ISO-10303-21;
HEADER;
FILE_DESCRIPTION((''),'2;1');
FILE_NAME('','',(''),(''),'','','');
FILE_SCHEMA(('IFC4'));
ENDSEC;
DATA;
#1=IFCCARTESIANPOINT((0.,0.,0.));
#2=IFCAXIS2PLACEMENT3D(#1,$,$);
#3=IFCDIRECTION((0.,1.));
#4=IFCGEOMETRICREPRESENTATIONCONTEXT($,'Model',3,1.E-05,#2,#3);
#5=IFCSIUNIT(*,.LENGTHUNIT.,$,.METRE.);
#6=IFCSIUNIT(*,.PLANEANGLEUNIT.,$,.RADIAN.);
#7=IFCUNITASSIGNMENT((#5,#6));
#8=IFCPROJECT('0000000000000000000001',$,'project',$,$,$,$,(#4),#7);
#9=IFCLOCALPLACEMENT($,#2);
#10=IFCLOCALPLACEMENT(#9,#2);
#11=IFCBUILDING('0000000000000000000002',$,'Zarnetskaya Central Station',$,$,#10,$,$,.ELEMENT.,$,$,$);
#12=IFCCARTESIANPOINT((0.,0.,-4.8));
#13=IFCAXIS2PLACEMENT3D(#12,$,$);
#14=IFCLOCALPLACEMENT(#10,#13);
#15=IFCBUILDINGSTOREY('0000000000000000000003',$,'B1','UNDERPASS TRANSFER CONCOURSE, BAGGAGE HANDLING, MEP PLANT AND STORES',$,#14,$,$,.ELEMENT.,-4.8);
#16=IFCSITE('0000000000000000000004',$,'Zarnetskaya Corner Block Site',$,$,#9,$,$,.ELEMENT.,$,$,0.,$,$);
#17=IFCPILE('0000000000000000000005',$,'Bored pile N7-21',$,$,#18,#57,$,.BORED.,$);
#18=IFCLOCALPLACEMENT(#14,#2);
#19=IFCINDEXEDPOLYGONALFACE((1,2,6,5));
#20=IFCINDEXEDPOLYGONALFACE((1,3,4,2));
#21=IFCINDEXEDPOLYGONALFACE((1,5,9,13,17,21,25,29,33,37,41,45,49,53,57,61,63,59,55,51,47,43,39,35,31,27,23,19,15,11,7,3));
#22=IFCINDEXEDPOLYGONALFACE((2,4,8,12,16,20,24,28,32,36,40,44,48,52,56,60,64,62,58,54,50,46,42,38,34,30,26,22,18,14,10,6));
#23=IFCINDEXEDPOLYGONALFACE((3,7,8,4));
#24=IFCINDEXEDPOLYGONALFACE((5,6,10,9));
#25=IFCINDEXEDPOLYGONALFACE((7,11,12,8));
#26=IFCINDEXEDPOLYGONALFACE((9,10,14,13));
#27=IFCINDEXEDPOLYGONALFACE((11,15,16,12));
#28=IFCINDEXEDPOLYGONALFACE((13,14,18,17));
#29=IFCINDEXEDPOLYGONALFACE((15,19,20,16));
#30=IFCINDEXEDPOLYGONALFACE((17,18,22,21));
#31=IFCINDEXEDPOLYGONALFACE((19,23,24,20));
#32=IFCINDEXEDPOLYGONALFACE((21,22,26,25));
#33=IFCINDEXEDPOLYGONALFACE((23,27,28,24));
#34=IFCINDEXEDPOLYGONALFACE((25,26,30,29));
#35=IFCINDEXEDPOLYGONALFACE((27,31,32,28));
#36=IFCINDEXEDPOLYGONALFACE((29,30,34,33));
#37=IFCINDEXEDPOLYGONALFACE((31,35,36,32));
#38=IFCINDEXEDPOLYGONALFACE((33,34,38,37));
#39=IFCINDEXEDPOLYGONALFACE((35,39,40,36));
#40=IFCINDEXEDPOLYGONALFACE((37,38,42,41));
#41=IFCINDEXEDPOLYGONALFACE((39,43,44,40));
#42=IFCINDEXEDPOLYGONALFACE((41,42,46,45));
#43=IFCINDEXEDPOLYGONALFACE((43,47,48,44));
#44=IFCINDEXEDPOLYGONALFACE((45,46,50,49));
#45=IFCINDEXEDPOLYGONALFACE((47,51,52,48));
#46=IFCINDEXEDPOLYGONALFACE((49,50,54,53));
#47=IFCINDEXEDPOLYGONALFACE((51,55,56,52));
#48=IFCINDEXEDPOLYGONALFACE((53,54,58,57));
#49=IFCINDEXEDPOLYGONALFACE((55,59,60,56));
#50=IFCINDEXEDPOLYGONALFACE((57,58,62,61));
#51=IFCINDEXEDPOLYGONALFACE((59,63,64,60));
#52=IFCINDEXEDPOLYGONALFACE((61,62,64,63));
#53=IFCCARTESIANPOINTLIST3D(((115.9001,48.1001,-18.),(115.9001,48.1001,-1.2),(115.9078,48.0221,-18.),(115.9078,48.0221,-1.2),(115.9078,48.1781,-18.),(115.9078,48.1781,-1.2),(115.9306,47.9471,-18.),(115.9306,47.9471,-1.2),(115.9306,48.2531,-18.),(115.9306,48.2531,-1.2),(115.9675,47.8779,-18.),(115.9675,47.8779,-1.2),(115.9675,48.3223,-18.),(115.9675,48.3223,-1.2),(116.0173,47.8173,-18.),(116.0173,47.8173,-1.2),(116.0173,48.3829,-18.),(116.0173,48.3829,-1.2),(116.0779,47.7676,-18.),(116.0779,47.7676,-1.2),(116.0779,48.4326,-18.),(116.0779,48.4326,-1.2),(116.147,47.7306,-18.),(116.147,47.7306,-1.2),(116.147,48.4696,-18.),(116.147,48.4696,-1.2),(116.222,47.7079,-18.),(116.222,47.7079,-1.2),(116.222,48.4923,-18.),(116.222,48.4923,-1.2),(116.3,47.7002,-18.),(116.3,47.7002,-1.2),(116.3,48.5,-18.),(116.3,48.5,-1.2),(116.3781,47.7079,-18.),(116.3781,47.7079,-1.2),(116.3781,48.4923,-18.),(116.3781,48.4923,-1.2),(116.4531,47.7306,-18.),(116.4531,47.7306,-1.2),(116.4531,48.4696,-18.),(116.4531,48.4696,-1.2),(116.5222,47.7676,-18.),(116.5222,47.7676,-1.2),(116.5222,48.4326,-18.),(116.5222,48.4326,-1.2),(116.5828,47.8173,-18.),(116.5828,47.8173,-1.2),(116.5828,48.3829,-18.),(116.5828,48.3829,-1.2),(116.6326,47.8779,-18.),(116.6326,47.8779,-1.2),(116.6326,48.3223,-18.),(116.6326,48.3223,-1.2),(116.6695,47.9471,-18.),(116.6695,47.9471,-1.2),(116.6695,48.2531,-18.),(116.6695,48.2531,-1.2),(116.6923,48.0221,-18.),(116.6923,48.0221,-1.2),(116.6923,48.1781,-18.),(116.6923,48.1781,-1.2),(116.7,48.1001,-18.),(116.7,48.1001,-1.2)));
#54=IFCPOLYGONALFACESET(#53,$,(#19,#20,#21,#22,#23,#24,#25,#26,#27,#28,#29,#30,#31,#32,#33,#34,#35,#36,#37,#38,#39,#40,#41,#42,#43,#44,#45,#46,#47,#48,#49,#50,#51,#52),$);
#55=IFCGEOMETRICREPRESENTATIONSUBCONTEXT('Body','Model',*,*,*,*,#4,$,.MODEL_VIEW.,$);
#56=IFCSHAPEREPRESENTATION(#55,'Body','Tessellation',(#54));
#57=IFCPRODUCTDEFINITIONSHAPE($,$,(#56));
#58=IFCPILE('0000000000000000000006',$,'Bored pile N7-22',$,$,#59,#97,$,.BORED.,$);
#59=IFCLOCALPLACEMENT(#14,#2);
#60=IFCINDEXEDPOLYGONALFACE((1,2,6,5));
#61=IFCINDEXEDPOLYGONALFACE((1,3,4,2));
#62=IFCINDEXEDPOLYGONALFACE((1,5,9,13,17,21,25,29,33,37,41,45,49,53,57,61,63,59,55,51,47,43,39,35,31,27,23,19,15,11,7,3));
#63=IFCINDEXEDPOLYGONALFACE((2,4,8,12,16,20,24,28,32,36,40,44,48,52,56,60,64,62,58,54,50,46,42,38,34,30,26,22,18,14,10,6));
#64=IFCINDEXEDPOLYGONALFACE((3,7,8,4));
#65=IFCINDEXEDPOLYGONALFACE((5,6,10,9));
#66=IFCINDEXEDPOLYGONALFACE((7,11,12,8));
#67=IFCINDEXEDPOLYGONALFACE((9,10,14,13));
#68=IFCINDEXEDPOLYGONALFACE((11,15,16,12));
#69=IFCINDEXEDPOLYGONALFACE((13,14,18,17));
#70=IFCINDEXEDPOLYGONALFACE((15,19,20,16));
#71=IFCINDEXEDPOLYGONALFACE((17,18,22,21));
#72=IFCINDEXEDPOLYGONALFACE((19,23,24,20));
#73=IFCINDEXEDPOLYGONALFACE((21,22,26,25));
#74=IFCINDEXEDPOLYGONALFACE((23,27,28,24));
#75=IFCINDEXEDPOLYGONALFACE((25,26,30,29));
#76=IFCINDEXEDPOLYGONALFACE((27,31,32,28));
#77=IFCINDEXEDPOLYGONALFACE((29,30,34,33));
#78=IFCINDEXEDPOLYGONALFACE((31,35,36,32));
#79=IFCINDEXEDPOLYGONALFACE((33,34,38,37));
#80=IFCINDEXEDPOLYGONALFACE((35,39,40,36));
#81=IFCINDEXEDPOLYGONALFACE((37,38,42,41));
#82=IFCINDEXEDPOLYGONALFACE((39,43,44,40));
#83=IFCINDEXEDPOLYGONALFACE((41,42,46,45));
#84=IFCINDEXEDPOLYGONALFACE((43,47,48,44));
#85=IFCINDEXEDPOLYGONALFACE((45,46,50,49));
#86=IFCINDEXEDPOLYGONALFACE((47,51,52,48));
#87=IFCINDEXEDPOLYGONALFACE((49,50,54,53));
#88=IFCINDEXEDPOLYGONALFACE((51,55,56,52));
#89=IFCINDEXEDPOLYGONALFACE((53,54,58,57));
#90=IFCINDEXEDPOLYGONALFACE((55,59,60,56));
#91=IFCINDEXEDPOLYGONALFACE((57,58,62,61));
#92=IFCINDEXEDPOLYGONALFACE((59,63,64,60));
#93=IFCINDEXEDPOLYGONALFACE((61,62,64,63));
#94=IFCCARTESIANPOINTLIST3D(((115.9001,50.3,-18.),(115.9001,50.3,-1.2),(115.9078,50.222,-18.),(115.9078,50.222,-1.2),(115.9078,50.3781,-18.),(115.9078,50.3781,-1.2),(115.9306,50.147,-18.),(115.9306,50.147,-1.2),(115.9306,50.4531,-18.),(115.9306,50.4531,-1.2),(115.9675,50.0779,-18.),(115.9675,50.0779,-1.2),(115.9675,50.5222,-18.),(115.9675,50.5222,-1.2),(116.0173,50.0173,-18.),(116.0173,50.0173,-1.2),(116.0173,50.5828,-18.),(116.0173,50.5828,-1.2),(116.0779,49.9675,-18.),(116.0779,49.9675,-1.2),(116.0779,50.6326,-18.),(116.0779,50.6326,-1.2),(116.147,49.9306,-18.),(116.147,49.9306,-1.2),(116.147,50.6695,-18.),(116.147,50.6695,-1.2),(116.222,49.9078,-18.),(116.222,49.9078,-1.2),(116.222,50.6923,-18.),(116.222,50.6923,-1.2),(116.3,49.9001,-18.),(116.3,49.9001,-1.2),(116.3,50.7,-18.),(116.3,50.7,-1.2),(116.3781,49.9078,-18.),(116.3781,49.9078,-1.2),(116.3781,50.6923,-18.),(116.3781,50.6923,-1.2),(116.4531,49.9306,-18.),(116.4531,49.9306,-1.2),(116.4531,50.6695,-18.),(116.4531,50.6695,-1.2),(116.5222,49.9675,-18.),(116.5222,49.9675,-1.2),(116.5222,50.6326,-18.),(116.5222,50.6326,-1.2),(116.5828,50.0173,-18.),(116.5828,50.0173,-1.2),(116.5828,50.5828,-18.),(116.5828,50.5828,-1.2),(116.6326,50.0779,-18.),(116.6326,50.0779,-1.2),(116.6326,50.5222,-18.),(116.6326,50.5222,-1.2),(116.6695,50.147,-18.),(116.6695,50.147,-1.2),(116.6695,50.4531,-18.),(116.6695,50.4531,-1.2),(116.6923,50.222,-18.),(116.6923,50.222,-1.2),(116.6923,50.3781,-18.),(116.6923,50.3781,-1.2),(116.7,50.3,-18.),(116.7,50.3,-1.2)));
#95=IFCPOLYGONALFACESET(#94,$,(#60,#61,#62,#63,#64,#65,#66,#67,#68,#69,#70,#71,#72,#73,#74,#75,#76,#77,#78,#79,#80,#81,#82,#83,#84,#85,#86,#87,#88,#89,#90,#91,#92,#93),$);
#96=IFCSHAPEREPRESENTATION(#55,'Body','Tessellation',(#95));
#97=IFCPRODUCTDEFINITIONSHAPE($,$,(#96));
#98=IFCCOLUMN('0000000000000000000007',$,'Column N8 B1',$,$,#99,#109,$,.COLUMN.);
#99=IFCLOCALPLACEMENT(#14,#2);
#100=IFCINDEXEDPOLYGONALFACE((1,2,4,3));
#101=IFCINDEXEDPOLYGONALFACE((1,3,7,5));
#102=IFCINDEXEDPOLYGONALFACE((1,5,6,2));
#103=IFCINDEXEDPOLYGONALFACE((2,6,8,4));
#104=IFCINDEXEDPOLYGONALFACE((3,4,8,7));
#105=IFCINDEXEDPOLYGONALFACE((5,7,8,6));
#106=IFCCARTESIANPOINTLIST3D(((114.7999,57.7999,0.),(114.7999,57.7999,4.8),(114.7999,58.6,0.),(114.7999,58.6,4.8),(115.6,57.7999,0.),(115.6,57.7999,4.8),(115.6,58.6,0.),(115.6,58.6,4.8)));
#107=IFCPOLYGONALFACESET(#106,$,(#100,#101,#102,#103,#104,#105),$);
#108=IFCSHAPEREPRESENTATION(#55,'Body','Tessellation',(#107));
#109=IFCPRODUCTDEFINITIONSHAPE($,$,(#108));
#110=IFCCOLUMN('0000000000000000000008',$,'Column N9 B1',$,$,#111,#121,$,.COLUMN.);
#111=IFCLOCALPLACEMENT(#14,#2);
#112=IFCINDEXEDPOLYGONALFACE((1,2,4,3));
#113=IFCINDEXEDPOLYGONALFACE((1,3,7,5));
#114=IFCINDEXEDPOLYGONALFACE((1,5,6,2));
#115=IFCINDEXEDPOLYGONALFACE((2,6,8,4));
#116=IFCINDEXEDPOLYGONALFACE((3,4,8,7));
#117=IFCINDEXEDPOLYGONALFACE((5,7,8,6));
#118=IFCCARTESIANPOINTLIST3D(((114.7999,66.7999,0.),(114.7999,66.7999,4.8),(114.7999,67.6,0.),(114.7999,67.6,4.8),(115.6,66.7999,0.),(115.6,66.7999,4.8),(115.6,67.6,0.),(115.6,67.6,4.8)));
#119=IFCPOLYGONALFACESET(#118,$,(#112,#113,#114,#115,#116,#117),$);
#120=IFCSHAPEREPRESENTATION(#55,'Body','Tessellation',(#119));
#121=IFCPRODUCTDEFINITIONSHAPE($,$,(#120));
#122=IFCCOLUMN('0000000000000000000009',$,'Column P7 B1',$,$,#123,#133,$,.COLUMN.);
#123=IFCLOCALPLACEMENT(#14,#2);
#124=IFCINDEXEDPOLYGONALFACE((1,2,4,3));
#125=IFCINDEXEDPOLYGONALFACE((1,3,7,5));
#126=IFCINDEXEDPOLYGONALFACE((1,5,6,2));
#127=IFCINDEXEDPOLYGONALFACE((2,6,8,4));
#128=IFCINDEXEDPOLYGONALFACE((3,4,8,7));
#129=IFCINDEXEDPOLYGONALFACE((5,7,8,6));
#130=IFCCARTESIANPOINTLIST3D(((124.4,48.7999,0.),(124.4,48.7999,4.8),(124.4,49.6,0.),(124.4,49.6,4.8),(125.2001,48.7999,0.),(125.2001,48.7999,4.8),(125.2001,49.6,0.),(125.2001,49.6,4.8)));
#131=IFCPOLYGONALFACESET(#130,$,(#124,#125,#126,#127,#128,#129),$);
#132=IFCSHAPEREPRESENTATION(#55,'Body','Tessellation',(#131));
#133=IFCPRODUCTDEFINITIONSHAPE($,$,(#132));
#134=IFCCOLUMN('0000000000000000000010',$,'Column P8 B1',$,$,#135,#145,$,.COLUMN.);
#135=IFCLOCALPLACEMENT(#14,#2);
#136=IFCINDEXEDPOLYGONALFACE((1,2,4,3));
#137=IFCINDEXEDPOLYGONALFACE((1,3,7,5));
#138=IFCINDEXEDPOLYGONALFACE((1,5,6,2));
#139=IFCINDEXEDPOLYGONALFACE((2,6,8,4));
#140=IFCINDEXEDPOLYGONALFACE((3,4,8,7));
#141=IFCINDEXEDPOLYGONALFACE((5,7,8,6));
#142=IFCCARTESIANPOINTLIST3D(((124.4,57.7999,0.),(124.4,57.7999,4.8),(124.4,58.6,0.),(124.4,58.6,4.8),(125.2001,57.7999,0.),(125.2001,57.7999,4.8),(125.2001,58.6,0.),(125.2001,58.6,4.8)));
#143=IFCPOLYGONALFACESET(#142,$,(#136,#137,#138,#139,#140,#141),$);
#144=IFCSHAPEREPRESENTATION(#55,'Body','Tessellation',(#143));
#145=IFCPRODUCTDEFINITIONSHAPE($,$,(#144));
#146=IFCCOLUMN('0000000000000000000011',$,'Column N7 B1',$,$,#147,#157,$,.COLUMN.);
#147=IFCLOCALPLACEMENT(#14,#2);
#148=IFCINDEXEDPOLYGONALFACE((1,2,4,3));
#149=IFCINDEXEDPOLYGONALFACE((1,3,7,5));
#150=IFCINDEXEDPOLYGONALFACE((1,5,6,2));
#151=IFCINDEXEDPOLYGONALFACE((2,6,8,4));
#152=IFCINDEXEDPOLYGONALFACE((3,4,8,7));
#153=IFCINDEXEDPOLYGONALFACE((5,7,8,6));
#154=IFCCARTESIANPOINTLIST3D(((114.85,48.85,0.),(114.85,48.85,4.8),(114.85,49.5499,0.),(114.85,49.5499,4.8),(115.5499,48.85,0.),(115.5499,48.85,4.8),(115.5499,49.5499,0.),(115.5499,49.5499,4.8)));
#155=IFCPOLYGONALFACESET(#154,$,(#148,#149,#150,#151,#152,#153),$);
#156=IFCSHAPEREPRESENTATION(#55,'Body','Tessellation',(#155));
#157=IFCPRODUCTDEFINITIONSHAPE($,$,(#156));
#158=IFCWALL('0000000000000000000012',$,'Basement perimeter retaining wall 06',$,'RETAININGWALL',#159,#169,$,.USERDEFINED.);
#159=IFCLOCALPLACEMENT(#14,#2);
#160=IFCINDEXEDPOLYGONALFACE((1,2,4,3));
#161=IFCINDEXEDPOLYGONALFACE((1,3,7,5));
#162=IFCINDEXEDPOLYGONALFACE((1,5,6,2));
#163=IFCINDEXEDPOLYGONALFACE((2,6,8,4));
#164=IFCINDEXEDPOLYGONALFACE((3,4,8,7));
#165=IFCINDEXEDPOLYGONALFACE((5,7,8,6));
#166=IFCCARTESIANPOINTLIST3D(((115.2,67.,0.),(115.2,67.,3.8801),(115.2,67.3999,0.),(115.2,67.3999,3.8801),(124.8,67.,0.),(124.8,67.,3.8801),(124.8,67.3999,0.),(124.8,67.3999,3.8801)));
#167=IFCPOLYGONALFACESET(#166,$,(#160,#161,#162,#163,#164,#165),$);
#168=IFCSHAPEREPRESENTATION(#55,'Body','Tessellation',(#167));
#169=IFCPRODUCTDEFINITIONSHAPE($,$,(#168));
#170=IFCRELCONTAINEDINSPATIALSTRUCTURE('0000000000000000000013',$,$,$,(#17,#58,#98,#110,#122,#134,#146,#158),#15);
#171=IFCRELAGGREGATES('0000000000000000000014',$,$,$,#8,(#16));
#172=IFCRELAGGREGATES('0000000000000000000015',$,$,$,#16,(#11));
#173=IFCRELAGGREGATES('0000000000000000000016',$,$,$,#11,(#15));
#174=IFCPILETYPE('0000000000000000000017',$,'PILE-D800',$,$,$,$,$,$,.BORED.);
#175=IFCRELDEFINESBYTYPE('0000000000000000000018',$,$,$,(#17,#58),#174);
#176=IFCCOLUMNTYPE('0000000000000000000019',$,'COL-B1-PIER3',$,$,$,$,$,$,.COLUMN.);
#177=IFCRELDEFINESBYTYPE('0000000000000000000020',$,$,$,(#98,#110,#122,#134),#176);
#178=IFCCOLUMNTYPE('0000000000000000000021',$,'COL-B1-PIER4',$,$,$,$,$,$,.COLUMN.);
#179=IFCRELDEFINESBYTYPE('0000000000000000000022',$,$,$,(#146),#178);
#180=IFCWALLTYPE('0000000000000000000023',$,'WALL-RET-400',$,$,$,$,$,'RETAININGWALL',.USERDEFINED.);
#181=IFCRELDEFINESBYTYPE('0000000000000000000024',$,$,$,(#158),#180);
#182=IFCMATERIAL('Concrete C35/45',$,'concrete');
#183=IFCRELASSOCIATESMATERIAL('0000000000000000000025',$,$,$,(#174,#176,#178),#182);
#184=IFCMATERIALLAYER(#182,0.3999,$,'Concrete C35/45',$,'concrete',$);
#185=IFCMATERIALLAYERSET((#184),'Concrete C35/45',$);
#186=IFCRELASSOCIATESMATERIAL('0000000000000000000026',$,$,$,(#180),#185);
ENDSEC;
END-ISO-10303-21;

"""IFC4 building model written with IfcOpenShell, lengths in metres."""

from ifc_helpers import new_model, si_unit, direction, frame, frame_2d, origin, origin_2d, place, context, subcontext, project, spatial, rectangle, circle, extrude, material, layer, layer_set, material_profile, profile_set, type_object, element, save


model = new_model("IFC4")

# Units and contexts
model_context = context("Model", 3, precision=1e-05, world=origin(), true_north=direction((0.0, 1.0)))
body_context = subcontext(model_context, "Body", "Model", "MODEL_VIEW")
ifc_project = project(units=[si_unit("LENGTHUNIT", "METRE"), si_unit("PLANEANGLEUNIT", "RADIAN")], contexts=[model_context])

# Site, building, storey
site_placement = place(None, origin())
site = spatial("IfcSite", under=ifc_project, at=site_placement, Name="Zarnetskaya Corner Block Site", CompositionType="ELEMENT", RefElevation=0.0)
building_placement = place(site_placement, origin())
building = spatial("IfcBuilding", under=site, at=building_placement, Name="Zarnetskaya Central Station", CompositionType="ELEMENT")
storey_placement = place(building_placement, frame((0.0, 0.0, -4.8)))
storey = spatial("IfcBuildingStorey", under=building, at=storey_placement, Name="B1", Description="UNDERPASS TRANSFER CONCOURSE, BAGGAGE HANDLING, MEP PLANT AND STORES", CompositionType="ELEMENT", Elevation=-4.8)

# Shared definitions
ifc_material = material(Name="Concrete C35/45", Category="concrete")

# Piles
ifc_material_profile_1 = material_profile(ifc_material, circle(Radius=0.3999, at=origin_2d()), Name="BORED PILE D800")
ifc_profile_set_1 = profile_set([ifc_material_profile_1], Name="Concrete C35/45")
pile_type_1 = type_object("IfcPileType", Name="PILE-D800", PredefinedType="BORED", material=ifc_profile_set_1)
for number, where, z_axis, x_axis, name in (
    (1, (116.3, 48.1001, -1.2), (0.0, 0.0, -1.0), (1.0, 0.0, 0.0), "Bored pile N7-21"),
    (2, (116.3, 50.3, -1.2), (0.0, 0.0, -1.0), (1.0, 0.0, 0.0), "Bored pile N7-22"),
):
    element("IfcPile", number, at=place(storey_placement, frame(where, z_axis=z_axis, x_axis=x_axis)), inside=storey, type_object=pile_type_1, Name=name, PredefinedType="BORED", context=body_context, shape_type="SweptSolid", body=[
        extrude(circle(Radius=0.3999, at=origin_2d()), origin(), (0.0, 0.0, 1.0), 16.8),
    ])

# Columns
ifc_material_profile_2 = material_profile(ifc_material, rectangle(XDim=0.8, YDim=0.8, at=origin_2d()), Name="RC 800x800")
ifc_profile_set_2 = profile_set([ifc_material_profile_2], Name="Concrete C35/45")
column_type_1 = type_object("IfcColumnType", Name="COL-B1-PIER3", PredefinedType="COLUMN", material=ifc_profile_set_2)
for number, where, z_axis, x_axis, name in (
    (3, (115.2, 58.2, 0.0), (0.0, 0.0, 1.0), (1.0, 0.0, 0.0), "Column N8 B1"),
    (4, (115.2, 67.2, 0.0), (0.0, 0.0, 1.0), (1.0, 0.0, 0.0), "Column N9 B1"),
    (5, (124.8, 49.2, 0.0), (0.0, 0.0, 1.0), (1.0, 0.0, 0.0), "Column P7 B1"),
    (6, (124.8, 58.2, 0.0), (0.0, 0.0, 1.0), (1.0, 0.0, 0.0), "Column P8 B1"),
):
    element("IfcColumn", number, at=place(storey_placement, frame(where, z_axis=z_axis, x_axis=x_axis)), inside=storey, type_object=column_type_1, Name=name, PredefinedType="COLUMN", context=body_context, shape_type="SweptSolid", body=[
        extrude(rectangle(XDim=0.8, YDim=0.8, at=origin_2d()), origin(), (0.0, 0.0, 1.0), 4.8),
    ])
ifc_material_profile_3 = material_profile(ifc_material, rectangle(XDim=0.7, YDim=0.7, at=origin_2d()), Name="RC 700x700")
ifc_profile_set_3 = profile_set([ifc_material_profile_3], Name="Concrete C35/45")
column_type_2 = type_object("IfcColumnType", Name="COL-B1-PIER4", PredefinedType="COLUMN", material=ifc_profile_set_3)
column_placement = place(storey_placement, frame((115.2, 49.2, 0.0), z_axis=(0.0, 0.0, 1.0), x_axis=(1.0, 0.0, 0.0)))
element("IfcColumn", 7, at=column_placement, inside=storey, type_object=column_type_2, Name="Column N7 B1", PredefinedType="COLUMN", context=body_context, shape_type="SweptSolid", body=[
    extrude(rectangle(XDim=0.7, YDim=0.7, at=origin_2d()), origin(), (0.0, 0.0, 1.0), 4.8),
])

# Wall
ifc_layer = layer(ifc_material, 0.3999, Name="Concrete C35/45", Category="concrete")
ifc_layer_set = layer_set([ifc_layer], Name="Concrete C35/45")
wall_type = type_object("IfcWallType", Name="WALL-RET-400", ElementType="RETAININGWALL", PredefinedType="USERDEFINED", material=ifc_layer_set)
wall_placement = place(storey_placement, frame((115.2, 67.2, 0.0), z_axis=(0.0, 0.0, 1.0), x_axis=(1.0, 0.0, 0.0)))
element("IfcWall", 8, at=wall_placement, inside=storey, type_object=wall_type, Name="Basement perimeter retaining wall 06", ObjectType="RETAININGWALL", PredefinedType="USERDEFINED", context=body_context, shape_type="SweptSolid", body=[
    extrude(rectangle(XDim=9.6001, YDim=0.3999, at=frame_2d((4.8, 0.0))), origin(), (0.0, 0.0, 1.0), 3.8801),
])

save(model, "model.ifc")
